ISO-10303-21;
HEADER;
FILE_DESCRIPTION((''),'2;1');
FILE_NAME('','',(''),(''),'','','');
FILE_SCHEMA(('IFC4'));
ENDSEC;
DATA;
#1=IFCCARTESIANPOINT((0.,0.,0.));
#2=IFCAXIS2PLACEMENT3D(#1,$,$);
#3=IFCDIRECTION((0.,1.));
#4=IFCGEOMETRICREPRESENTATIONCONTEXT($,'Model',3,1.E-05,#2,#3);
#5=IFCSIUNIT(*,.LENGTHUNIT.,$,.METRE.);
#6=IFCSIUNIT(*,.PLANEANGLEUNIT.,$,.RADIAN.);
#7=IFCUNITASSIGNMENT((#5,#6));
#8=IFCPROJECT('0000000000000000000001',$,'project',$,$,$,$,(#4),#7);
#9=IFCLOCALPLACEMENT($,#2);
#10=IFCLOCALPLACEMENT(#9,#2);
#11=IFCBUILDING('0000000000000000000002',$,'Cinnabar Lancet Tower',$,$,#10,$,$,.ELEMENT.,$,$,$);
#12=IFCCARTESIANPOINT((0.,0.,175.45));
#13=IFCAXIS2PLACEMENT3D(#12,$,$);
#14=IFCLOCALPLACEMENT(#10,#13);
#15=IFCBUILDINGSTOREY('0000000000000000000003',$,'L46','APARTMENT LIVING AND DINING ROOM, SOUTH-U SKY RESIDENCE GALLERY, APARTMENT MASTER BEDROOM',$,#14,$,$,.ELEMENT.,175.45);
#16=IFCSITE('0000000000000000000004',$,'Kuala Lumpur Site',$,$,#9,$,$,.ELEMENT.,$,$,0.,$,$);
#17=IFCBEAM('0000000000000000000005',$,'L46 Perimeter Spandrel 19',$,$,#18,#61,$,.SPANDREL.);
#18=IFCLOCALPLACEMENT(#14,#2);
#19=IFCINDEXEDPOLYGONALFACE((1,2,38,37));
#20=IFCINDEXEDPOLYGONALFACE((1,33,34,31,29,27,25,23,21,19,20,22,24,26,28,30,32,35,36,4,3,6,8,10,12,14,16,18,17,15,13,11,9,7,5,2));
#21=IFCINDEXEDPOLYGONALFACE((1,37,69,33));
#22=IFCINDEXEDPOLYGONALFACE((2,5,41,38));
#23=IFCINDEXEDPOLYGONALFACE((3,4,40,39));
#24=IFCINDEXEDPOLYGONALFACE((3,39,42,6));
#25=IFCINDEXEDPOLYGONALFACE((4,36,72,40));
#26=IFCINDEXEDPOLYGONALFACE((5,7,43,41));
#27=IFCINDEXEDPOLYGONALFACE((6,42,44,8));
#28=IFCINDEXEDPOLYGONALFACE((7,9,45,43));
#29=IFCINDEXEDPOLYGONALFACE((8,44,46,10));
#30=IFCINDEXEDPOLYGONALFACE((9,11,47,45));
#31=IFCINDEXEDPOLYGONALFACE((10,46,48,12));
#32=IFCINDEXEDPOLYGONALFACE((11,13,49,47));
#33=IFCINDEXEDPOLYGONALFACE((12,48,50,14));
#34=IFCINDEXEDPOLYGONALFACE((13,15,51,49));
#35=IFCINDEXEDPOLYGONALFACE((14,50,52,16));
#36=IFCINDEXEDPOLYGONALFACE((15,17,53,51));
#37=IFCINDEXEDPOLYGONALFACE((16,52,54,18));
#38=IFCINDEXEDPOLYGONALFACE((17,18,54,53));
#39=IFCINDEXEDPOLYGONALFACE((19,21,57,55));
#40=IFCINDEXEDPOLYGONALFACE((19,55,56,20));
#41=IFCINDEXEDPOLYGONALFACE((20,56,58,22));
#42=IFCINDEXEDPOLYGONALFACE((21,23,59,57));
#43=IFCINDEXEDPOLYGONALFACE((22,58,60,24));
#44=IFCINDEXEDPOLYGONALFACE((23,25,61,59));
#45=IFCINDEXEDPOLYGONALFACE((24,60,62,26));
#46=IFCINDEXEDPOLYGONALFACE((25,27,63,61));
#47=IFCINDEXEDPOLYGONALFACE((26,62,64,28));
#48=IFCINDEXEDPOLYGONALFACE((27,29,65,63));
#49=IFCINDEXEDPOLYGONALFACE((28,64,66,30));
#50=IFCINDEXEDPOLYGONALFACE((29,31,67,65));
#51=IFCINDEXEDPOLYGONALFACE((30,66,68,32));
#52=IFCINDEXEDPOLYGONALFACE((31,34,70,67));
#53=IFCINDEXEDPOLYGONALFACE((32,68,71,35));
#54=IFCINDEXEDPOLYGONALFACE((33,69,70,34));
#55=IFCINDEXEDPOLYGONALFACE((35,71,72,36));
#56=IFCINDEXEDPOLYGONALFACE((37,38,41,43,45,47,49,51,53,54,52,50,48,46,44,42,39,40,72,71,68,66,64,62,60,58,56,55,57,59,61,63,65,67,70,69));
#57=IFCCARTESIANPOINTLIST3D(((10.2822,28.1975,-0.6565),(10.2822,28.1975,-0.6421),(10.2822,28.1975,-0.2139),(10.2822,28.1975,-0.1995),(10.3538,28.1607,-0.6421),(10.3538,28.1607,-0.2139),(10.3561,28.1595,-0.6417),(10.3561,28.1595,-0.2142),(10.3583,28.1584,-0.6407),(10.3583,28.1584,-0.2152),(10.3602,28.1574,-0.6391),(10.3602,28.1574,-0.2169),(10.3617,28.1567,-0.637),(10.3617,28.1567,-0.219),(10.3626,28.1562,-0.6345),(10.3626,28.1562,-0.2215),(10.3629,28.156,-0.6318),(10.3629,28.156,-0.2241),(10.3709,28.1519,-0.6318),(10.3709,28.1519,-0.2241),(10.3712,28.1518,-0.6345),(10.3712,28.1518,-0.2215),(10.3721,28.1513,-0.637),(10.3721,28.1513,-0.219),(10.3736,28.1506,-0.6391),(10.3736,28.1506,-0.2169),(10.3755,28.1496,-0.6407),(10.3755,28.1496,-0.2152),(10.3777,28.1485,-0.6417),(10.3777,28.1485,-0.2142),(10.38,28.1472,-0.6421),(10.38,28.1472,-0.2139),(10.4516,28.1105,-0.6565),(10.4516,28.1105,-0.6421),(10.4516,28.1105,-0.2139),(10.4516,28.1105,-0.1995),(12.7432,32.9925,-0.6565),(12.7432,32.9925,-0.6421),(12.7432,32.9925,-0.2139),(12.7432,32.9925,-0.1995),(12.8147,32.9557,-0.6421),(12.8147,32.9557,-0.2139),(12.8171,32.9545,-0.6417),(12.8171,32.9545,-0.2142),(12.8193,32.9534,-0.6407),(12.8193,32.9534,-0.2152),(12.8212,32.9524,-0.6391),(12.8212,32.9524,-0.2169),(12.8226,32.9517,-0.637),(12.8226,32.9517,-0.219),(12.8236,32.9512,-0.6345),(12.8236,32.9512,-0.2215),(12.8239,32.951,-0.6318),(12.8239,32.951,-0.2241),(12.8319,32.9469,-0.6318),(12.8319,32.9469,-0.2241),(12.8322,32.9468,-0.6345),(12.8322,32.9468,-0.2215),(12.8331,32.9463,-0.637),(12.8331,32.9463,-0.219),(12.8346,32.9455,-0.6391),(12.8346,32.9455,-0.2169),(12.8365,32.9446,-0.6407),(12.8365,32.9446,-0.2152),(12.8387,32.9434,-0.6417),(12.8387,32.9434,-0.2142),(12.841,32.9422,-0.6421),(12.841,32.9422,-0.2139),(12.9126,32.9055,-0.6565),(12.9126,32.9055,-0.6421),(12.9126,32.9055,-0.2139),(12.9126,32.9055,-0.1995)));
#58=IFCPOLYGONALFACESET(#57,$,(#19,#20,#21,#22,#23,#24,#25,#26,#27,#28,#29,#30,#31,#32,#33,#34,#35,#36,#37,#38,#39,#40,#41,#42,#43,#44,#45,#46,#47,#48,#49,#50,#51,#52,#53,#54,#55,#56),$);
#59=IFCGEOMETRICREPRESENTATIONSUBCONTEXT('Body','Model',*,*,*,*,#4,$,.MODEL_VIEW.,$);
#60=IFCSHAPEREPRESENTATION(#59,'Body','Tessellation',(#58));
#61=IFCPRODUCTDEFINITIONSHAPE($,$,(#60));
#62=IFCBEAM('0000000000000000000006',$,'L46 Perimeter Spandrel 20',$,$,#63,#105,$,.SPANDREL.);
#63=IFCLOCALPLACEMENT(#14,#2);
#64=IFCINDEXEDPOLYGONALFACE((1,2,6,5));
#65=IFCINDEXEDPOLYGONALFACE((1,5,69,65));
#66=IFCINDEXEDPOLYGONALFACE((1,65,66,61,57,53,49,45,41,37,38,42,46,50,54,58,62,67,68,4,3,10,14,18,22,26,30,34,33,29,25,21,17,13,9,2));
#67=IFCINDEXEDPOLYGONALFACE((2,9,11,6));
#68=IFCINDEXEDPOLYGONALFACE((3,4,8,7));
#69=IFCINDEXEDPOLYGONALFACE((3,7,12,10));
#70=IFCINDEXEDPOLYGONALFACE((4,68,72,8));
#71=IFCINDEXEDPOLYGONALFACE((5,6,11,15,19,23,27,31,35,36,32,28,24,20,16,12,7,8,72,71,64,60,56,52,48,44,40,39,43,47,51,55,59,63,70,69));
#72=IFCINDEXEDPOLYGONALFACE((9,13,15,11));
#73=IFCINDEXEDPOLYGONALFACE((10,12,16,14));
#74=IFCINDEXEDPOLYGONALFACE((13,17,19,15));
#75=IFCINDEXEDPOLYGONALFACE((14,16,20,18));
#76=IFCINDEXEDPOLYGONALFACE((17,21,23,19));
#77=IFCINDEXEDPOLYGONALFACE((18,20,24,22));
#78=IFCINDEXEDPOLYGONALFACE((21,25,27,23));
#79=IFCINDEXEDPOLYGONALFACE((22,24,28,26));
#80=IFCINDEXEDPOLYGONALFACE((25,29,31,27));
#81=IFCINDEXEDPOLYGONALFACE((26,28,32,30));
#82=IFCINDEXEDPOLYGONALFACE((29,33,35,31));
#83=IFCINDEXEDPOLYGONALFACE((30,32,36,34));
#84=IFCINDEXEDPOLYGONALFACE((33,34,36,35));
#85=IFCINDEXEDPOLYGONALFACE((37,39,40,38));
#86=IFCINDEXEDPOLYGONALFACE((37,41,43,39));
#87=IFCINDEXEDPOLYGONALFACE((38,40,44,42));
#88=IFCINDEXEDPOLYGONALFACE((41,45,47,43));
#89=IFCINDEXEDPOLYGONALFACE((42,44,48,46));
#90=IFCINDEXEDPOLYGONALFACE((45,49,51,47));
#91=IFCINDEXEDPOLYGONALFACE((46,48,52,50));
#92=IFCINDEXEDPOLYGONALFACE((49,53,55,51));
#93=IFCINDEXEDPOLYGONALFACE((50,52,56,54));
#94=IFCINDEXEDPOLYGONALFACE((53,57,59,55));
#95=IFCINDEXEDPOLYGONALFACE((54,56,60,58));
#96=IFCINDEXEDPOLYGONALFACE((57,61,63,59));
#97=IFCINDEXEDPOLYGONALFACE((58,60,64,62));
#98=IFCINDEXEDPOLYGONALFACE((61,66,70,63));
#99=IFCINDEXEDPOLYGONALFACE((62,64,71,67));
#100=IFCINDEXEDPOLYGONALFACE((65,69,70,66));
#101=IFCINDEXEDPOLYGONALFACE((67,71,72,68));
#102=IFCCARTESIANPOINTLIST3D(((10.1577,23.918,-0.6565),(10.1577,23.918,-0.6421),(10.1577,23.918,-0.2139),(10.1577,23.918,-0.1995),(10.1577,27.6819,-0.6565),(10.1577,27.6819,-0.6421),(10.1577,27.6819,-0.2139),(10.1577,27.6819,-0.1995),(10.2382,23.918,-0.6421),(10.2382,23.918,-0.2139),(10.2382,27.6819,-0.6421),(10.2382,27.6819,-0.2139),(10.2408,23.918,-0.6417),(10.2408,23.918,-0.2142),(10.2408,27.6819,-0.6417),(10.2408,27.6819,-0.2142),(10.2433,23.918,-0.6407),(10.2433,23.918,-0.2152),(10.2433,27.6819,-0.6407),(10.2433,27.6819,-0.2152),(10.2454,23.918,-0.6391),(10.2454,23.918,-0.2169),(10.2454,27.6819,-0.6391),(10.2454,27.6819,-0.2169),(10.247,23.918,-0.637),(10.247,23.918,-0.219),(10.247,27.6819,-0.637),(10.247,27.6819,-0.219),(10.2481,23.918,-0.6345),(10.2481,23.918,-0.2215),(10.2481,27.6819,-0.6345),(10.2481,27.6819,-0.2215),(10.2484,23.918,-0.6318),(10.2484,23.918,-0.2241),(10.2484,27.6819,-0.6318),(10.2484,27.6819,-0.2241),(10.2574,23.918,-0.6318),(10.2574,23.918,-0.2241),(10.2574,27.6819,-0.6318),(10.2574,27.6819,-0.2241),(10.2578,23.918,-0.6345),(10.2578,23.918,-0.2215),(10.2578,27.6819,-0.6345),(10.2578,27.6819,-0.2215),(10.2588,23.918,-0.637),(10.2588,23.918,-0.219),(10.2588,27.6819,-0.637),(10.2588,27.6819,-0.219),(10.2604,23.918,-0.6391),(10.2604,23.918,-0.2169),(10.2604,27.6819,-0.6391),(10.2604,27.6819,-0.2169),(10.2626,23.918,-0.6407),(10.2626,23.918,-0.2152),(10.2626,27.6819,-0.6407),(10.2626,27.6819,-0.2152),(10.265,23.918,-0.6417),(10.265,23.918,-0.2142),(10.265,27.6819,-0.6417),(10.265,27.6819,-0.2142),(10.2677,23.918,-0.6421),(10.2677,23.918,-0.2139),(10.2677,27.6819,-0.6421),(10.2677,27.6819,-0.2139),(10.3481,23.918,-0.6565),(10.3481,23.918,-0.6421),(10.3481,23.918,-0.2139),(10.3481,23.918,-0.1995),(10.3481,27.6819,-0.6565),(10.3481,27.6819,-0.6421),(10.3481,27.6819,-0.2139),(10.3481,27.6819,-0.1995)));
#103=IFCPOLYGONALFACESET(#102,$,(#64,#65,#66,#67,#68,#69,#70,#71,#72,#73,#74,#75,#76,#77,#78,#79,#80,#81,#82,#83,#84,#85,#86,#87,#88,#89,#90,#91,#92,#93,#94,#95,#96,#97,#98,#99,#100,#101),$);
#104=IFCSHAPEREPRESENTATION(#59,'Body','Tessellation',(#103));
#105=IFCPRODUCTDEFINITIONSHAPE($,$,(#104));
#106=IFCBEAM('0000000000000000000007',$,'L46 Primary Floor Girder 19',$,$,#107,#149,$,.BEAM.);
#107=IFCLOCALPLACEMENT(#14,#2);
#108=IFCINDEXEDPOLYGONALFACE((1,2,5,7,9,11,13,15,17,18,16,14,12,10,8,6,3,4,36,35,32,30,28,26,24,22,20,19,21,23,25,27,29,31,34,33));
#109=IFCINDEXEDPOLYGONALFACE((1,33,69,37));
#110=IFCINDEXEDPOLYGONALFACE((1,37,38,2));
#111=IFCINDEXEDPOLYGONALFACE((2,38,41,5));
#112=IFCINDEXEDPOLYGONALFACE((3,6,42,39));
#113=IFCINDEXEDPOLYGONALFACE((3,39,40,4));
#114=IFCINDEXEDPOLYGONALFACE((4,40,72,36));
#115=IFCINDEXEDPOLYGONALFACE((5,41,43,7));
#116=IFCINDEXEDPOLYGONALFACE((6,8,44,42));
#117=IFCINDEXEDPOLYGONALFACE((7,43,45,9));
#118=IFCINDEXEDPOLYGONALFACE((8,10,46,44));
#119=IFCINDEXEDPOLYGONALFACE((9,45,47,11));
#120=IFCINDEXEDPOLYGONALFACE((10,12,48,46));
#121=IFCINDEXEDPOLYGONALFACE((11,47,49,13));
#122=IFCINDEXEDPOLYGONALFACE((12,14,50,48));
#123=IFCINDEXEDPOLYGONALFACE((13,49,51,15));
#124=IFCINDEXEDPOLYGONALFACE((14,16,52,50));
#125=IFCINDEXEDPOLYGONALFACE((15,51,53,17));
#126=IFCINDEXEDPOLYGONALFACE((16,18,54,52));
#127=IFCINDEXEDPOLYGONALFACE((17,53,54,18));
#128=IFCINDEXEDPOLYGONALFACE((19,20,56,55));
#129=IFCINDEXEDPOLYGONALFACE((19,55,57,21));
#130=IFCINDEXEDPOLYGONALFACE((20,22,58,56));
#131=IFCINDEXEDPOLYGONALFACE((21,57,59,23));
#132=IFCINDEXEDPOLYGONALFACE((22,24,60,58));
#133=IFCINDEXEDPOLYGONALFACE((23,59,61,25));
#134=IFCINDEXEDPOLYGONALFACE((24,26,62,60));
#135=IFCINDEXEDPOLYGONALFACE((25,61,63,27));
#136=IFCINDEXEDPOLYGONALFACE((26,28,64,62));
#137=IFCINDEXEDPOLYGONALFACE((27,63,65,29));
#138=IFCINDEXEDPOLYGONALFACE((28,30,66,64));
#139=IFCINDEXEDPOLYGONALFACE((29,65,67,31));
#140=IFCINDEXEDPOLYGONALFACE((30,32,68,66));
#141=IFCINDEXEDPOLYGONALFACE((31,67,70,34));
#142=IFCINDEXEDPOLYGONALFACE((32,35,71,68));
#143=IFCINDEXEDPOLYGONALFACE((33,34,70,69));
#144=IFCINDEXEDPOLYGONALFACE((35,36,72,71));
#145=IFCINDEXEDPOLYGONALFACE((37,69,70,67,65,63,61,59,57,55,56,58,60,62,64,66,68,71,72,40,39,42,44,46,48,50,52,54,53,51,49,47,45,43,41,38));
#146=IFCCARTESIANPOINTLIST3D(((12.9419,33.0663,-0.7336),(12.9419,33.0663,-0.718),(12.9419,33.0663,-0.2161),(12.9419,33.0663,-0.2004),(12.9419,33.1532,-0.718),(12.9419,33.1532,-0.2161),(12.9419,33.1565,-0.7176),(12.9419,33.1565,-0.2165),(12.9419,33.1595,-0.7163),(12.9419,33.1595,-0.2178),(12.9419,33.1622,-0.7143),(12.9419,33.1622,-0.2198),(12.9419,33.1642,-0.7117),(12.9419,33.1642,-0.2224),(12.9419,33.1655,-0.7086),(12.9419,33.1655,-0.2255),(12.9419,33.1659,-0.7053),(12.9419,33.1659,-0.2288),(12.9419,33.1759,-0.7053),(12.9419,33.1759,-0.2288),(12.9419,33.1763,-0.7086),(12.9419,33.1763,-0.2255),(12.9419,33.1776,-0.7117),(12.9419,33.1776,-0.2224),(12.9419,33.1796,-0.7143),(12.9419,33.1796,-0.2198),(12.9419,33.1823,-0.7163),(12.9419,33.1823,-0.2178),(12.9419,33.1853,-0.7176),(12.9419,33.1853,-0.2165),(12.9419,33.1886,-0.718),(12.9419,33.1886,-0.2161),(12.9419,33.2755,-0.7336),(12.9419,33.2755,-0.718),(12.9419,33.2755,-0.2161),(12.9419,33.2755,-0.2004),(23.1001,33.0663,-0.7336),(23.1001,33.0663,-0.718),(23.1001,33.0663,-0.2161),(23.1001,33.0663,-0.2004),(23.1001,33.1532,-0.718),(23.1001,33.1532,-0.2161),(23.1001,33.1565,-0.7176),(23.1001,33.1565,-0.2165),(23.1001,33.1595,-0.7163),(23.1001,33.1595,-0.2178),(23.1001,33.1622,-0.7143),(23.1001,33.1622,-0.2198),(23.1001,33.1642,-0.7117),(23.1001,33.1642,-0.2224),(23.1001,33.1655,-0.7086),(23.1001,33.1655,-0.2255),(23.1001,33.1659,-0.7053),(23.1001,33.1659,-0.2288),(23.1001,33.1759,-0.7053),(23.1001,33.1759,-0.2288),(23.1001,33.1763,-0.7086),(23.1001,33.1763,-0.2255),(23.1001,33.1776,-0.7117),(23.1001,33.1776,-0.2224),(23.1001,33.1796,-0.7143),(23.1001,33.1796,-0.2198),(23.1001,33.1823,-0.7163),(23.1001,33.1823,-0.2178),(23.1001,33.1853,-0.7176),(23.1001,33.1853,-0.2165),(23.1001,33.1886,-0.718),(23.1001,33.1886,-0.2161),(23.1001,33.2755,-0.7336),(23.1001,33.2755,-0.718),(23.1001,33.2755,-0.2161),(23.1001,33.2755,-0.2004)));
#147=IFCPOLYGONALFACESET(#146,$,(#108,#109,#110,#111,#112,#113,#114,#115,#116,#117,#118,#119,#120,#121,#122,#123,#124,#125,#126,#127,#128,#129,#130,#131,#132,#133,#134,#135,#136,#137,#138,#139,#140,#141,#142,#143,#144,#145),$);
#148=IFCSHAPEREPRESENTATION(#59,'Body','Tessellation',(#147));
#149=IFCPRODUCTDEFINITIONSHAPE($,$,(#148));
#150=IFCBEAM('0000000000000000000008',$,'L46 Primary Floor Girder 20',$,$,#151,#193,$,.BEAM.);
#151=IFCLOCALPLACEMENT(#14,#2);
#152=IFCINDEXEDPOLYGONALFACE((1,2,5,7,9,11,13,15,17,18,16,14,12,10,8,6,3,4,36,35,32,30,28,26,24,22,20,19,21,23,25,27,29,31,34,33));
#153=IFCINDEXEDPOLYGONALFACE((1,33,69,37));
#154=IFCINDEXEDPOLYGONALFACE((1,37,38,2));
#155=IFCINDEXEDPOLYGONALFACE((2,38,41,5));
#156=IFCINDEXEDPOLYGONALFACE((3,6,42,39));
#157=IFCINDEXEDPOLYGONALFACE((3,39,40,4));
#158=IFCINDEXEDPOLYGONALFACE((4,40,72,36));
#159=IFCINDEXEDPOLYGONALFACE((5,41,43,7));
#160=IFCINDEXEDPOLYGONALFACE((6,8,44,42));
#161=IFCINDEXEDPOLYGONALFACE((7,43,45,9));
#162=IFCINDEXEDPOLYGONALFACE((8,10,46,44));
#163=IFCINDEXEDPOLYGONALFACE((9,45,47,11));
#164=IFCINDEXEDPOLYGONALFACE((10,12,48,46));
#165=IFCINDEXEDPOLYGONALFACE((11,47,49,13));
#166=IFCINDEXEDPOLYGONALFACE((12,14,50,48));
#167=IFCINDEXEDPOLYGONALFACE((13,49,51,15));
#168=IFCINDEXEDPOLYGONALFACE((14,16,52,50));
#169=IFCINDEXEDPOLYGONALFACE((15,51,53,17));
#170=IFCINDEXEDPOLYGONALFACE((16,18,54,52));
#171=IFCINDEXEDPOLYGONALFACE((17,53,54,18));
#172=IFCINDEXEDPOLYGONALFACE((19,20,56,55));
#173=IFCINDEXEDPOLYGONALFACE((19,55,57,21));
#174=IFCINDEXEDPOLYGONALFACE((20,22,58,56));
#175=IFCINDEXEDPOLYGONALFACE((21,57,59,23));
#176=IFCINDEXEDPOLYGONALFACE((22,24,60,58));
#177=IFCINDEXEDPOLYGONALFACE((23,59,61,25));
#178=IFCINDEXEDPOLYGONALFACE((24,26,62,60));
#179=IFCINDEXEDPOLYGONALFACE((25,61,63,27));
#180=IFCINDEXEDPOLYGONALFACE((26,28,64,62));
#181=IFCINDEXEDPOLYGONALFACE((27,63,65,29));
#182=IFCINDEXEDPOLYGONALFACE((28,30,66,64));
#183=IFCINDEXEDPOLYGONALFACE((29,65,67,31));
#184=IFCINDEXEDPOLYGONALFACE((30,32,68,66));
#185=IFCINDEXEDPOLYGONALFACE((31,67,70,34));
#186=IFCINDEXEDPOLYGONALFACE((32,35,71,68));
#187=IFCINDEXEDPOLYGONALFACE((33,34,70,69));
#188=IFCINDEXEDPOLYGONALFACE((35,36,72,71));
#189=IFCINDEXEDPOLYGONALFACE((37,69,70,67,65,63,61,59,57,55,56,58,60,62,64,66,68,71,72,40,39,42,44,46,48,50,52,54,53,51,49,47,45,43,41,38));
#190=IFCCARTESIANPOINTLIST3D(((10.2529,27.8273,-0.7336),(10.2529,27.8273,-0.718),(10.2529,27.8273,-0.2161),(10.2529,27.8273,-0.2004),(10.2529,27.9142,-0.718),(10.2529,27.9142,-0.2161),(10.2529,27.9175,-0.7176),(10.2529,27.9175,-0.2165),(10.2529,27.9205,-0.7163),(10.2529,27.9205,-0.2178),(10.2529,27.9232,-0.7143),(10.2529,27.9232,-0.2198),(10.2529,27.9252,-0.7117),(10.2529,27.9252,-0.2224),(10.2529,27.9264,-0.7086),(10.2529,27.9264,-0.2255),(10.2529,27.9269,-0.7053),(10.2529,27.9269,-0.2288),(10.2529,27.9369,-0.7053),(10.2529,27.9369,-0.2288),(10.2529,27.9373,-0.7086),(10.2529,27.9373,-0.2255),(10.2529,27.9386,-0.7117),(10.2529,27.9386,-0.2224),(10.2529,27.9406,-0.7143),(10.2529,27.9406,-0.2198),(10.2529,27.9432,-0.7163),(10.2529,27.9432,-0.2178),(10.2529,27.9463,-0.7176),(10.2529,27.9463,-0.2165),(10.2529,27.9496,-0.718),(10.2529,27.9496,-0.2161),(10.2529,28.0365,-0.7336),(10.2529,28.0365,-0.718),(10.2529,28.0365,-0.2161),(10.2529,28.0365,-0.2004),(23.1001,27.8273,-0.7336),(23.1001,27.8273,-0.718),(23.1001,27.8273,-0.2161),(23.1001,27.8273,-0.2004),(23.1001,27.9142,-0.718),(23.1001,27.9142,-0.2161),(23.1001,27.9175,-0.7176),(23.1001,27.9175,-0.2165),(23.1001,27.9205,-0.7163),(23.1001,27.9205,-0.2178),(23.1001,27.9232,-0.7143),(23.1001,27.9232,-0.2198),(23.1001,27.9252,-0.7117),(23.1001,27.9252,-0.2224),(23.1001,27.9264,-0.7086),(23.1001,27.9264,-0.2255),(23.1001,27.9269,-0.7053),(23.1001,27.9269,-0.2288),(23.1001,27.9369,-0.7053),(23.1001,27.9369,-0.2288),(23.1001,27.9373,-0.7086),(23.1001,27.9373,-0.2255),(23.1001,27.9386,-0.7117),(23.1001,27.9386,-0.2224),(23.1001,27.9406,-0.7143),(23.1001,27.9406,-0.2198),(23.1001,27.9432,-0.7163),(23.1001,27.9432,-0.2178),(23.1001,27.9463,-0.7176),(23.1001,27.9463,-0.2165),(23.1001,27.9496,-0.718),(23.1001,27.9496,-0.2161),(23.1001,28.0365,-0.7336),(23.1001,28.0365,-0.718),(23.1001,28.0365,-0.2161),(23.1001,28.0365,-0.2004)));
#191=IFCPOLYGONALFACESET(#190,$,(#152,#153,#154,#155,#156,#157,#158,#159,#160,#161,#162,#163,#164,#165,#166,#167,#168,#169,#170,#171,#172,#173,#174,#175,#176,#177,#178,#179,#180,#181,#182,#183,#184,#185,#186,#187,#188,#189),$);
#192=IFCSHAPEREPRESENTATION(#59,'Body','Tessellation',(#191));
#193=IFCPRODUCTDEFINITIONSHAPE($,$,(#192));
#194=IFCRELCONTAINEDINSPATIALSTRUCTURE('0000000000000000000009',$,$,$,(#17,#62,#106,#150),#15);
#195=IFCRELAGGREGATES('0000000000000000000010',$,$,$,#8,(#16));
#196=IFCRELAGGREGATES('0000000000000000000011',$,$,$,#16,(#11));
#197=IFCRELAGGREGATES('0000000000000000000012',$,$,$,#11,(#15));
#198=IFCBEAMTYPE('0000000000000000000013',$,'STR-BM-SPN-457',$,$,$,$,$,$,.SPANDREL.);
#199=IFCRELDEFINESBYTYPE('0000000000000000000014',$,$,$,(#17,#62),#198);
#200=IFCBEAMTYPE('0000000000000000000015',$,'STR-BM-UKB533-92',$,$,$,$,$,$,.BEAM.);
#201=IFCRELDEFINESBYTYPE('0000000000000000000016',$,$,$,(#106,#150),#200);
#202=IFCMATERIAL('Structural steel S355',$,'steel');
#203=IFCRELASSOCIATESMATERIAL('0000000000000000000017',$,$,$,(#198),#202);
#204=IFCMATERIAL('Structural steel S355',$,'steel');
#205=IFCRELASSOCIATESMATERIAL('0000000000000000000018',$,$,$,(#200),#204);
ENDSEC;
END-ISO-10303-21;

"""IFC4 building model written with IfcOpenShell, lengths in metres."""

from ifc_helpers import new_model, si_unit, direction, frame, origin, origin_2d, place, context, subcontext, project, spatial, i_section, extrude, material, material_profile, profile_set, type_object, element, save


model = new_model("IFC4")

# Units and contexts
model_context = context("Model", 3, precision=1e-05, world=origin(), true_north=direction((0.0, 1.0)))
body_context = subcontext(model_context, "Body", "Model", "MODEL_VIEW")
ifc_project = project(units=[si_unit("LENGTHUNIT", "METRE"), si_unit("PLANEANGLEUNIT", "RADIAN")], contexts=[model_context])

# Site, building, storey
site_placement = place(None, origin())
site = spatial("IfcSite", under=ifc_project, at=site_placement, Name="Kuala Lumpur Site", CompositionType="ELEMENT", RefElevation=0.0)
building_placement = place(site_placement, origin())
building = spatial("IfcBuilding", under=site, at=building_placement, Name="Cinnabar Lancet Tower", CompositionType="ELEMENT")
storey_placement = place(building_placement, frame((0.0, 0.0, 175.45)))
storey = spatial("IfcBuildingStorey", under=building, at=storey_placement, Name="L46", Description="APARTMENT LIVING AND DINING ROOM, SOUTH-U SKY RESIDENCE GALLERY, APARTMENT MASTER BEDROOM", CompositionType="ELEMENT", Elevation=175.45)

# Beams
ifc_material_1 = material(Name="Structural steel S355", Category="steel")
ifc_material_profile_1 = material_profile(ifc_material_1, i_section(OverallWidth=0.1904, OverallDepth=0.457, WebThickness=0.009, FlangeThickness=0.0144, FilletRadius=0.0103, at=origin_2d()), Name="UKB 457x191x74")
ifc_profile_set_1 = profile_set([ifc_material_profile_1], Name="Structural steel S355")
beam_type_1 = type_object("IfcBeamType", Name="STR-BM-SPN-457", PredefinedType="SPANDREL", material=ifc_profile_set_1)
beam_1_placement = place(storey_placement, frame((12.8279, 32.949, -0.428), z_axis=(-0.456611, -0.889666, 0.0), x_axis=(0.889666, -0.456611, 0.0)))
element("IfcBeam", 1, at=beam_1_placement, inside=storey, type_object=beam_type_1, Name="L46 Perimeter Spandrel 19", PredefinedType="SPANDREL", context=body_context, shape_type="SweptSolid", body=[
    extrude(i_section(OverallWidth=0.1904, OverallDepth=0.457, WebThickness=0.009, FlangeThickness=0.0144, FilletRadius=0.0103, at=origin_2d()), origin(), (0.0, 0.0, 1.0), 5.3896),
])
beam_2_placement = place(storey_placement, frame((10.2529, 27.6819, -0.428), z_axis=(0.0, -1.0, 0.0), x_axis=(1.0, 0.0, 0.0)))
element("IfcBeam", 2, at=beam_2_placement, inside=storey, type_object=beam_type_1, Name="L46 Perimeter Spandrel 20", PredefinedType="SPANDREL", context=body_context, shape_type="SweptSolid", body=[
    extrude(i_section(OverallWidth=0.1904, OverallDepth=0.457, WebThickness=0.009, FlangeThickness=0.0144, FilletRadius=0.0103, at=origin_2d()), origin(), (0.0, 0.0, 1.0), 3.7639),
])
ifc_material_2 = material(Name="Structural steel S355", Category="steel")
ifc_material_profile_2 = material_profile(ifc_material_2, i_section(OverallWidth=0.2092, OverallDepth=0.5332, WebThickness=0.01, FlangeThickness=0.0156, FilletRadius=0.0127, at=origin_2d()), Name="UKB 533x210x92")
ifc_profile_set_2 = profile_set([ifc_material_profile_2], Name="Structural steel S355")
beam_type_2 = type_object("IfcBeamType", Name="STR-BM-UKB533-92", PredefinedType="BEAM", material=ifc_profile_set_2)
beam_3_placement = place(storey_placement, frame((12.9419, 33.1709, -0.467), z_axis=(1.0, 0.0, 0.0), x_axis=(0.0, 1.0, 0.0)))
element("IfcBeam", 3, at=beam_3_placement, inside=storey, type_object=beam_type_2, Name="L46 Primary Floor Girder 19", PredefinedType="BEAM", context=body_context, shape_type="SweptSolid", body=[
    extrude(i_section(OverallWidth=0.2092, OverallDepth=0.5332, WebThickness=0.01, FlangeThickness=0.0156, FilletRadius=0.0127, at=origin_2d()), origin(), (0.0, 0.0, 1.0), 10.1582),
])
beam_4_placement = place(storey_placement, frame((10.2529, 27.9319, -0.467), z_axis=(1.0, 0.0, 0.0), x_axis=(0.0, 1.0, 0.0)))
element("IfcBeam", 4, at=beam_4_placement, inside=storey, type_object=beam_type_2, Name="L46 Primary Floor Girder 20", PredefinedType="BEAM", context=body_context, shape_type="SweptSolid", body=[
    extrude(i_section(OverallWidth=0.2092, OverallDepth=0.5332, WebThickness=0.01, FlangeThickness=0.0156, FilletRadius=0.0127, at=origin_2d()), origin(), (0.0, 0.0, 1.0), 12.8472),
])

save(model, "model.ifc")
